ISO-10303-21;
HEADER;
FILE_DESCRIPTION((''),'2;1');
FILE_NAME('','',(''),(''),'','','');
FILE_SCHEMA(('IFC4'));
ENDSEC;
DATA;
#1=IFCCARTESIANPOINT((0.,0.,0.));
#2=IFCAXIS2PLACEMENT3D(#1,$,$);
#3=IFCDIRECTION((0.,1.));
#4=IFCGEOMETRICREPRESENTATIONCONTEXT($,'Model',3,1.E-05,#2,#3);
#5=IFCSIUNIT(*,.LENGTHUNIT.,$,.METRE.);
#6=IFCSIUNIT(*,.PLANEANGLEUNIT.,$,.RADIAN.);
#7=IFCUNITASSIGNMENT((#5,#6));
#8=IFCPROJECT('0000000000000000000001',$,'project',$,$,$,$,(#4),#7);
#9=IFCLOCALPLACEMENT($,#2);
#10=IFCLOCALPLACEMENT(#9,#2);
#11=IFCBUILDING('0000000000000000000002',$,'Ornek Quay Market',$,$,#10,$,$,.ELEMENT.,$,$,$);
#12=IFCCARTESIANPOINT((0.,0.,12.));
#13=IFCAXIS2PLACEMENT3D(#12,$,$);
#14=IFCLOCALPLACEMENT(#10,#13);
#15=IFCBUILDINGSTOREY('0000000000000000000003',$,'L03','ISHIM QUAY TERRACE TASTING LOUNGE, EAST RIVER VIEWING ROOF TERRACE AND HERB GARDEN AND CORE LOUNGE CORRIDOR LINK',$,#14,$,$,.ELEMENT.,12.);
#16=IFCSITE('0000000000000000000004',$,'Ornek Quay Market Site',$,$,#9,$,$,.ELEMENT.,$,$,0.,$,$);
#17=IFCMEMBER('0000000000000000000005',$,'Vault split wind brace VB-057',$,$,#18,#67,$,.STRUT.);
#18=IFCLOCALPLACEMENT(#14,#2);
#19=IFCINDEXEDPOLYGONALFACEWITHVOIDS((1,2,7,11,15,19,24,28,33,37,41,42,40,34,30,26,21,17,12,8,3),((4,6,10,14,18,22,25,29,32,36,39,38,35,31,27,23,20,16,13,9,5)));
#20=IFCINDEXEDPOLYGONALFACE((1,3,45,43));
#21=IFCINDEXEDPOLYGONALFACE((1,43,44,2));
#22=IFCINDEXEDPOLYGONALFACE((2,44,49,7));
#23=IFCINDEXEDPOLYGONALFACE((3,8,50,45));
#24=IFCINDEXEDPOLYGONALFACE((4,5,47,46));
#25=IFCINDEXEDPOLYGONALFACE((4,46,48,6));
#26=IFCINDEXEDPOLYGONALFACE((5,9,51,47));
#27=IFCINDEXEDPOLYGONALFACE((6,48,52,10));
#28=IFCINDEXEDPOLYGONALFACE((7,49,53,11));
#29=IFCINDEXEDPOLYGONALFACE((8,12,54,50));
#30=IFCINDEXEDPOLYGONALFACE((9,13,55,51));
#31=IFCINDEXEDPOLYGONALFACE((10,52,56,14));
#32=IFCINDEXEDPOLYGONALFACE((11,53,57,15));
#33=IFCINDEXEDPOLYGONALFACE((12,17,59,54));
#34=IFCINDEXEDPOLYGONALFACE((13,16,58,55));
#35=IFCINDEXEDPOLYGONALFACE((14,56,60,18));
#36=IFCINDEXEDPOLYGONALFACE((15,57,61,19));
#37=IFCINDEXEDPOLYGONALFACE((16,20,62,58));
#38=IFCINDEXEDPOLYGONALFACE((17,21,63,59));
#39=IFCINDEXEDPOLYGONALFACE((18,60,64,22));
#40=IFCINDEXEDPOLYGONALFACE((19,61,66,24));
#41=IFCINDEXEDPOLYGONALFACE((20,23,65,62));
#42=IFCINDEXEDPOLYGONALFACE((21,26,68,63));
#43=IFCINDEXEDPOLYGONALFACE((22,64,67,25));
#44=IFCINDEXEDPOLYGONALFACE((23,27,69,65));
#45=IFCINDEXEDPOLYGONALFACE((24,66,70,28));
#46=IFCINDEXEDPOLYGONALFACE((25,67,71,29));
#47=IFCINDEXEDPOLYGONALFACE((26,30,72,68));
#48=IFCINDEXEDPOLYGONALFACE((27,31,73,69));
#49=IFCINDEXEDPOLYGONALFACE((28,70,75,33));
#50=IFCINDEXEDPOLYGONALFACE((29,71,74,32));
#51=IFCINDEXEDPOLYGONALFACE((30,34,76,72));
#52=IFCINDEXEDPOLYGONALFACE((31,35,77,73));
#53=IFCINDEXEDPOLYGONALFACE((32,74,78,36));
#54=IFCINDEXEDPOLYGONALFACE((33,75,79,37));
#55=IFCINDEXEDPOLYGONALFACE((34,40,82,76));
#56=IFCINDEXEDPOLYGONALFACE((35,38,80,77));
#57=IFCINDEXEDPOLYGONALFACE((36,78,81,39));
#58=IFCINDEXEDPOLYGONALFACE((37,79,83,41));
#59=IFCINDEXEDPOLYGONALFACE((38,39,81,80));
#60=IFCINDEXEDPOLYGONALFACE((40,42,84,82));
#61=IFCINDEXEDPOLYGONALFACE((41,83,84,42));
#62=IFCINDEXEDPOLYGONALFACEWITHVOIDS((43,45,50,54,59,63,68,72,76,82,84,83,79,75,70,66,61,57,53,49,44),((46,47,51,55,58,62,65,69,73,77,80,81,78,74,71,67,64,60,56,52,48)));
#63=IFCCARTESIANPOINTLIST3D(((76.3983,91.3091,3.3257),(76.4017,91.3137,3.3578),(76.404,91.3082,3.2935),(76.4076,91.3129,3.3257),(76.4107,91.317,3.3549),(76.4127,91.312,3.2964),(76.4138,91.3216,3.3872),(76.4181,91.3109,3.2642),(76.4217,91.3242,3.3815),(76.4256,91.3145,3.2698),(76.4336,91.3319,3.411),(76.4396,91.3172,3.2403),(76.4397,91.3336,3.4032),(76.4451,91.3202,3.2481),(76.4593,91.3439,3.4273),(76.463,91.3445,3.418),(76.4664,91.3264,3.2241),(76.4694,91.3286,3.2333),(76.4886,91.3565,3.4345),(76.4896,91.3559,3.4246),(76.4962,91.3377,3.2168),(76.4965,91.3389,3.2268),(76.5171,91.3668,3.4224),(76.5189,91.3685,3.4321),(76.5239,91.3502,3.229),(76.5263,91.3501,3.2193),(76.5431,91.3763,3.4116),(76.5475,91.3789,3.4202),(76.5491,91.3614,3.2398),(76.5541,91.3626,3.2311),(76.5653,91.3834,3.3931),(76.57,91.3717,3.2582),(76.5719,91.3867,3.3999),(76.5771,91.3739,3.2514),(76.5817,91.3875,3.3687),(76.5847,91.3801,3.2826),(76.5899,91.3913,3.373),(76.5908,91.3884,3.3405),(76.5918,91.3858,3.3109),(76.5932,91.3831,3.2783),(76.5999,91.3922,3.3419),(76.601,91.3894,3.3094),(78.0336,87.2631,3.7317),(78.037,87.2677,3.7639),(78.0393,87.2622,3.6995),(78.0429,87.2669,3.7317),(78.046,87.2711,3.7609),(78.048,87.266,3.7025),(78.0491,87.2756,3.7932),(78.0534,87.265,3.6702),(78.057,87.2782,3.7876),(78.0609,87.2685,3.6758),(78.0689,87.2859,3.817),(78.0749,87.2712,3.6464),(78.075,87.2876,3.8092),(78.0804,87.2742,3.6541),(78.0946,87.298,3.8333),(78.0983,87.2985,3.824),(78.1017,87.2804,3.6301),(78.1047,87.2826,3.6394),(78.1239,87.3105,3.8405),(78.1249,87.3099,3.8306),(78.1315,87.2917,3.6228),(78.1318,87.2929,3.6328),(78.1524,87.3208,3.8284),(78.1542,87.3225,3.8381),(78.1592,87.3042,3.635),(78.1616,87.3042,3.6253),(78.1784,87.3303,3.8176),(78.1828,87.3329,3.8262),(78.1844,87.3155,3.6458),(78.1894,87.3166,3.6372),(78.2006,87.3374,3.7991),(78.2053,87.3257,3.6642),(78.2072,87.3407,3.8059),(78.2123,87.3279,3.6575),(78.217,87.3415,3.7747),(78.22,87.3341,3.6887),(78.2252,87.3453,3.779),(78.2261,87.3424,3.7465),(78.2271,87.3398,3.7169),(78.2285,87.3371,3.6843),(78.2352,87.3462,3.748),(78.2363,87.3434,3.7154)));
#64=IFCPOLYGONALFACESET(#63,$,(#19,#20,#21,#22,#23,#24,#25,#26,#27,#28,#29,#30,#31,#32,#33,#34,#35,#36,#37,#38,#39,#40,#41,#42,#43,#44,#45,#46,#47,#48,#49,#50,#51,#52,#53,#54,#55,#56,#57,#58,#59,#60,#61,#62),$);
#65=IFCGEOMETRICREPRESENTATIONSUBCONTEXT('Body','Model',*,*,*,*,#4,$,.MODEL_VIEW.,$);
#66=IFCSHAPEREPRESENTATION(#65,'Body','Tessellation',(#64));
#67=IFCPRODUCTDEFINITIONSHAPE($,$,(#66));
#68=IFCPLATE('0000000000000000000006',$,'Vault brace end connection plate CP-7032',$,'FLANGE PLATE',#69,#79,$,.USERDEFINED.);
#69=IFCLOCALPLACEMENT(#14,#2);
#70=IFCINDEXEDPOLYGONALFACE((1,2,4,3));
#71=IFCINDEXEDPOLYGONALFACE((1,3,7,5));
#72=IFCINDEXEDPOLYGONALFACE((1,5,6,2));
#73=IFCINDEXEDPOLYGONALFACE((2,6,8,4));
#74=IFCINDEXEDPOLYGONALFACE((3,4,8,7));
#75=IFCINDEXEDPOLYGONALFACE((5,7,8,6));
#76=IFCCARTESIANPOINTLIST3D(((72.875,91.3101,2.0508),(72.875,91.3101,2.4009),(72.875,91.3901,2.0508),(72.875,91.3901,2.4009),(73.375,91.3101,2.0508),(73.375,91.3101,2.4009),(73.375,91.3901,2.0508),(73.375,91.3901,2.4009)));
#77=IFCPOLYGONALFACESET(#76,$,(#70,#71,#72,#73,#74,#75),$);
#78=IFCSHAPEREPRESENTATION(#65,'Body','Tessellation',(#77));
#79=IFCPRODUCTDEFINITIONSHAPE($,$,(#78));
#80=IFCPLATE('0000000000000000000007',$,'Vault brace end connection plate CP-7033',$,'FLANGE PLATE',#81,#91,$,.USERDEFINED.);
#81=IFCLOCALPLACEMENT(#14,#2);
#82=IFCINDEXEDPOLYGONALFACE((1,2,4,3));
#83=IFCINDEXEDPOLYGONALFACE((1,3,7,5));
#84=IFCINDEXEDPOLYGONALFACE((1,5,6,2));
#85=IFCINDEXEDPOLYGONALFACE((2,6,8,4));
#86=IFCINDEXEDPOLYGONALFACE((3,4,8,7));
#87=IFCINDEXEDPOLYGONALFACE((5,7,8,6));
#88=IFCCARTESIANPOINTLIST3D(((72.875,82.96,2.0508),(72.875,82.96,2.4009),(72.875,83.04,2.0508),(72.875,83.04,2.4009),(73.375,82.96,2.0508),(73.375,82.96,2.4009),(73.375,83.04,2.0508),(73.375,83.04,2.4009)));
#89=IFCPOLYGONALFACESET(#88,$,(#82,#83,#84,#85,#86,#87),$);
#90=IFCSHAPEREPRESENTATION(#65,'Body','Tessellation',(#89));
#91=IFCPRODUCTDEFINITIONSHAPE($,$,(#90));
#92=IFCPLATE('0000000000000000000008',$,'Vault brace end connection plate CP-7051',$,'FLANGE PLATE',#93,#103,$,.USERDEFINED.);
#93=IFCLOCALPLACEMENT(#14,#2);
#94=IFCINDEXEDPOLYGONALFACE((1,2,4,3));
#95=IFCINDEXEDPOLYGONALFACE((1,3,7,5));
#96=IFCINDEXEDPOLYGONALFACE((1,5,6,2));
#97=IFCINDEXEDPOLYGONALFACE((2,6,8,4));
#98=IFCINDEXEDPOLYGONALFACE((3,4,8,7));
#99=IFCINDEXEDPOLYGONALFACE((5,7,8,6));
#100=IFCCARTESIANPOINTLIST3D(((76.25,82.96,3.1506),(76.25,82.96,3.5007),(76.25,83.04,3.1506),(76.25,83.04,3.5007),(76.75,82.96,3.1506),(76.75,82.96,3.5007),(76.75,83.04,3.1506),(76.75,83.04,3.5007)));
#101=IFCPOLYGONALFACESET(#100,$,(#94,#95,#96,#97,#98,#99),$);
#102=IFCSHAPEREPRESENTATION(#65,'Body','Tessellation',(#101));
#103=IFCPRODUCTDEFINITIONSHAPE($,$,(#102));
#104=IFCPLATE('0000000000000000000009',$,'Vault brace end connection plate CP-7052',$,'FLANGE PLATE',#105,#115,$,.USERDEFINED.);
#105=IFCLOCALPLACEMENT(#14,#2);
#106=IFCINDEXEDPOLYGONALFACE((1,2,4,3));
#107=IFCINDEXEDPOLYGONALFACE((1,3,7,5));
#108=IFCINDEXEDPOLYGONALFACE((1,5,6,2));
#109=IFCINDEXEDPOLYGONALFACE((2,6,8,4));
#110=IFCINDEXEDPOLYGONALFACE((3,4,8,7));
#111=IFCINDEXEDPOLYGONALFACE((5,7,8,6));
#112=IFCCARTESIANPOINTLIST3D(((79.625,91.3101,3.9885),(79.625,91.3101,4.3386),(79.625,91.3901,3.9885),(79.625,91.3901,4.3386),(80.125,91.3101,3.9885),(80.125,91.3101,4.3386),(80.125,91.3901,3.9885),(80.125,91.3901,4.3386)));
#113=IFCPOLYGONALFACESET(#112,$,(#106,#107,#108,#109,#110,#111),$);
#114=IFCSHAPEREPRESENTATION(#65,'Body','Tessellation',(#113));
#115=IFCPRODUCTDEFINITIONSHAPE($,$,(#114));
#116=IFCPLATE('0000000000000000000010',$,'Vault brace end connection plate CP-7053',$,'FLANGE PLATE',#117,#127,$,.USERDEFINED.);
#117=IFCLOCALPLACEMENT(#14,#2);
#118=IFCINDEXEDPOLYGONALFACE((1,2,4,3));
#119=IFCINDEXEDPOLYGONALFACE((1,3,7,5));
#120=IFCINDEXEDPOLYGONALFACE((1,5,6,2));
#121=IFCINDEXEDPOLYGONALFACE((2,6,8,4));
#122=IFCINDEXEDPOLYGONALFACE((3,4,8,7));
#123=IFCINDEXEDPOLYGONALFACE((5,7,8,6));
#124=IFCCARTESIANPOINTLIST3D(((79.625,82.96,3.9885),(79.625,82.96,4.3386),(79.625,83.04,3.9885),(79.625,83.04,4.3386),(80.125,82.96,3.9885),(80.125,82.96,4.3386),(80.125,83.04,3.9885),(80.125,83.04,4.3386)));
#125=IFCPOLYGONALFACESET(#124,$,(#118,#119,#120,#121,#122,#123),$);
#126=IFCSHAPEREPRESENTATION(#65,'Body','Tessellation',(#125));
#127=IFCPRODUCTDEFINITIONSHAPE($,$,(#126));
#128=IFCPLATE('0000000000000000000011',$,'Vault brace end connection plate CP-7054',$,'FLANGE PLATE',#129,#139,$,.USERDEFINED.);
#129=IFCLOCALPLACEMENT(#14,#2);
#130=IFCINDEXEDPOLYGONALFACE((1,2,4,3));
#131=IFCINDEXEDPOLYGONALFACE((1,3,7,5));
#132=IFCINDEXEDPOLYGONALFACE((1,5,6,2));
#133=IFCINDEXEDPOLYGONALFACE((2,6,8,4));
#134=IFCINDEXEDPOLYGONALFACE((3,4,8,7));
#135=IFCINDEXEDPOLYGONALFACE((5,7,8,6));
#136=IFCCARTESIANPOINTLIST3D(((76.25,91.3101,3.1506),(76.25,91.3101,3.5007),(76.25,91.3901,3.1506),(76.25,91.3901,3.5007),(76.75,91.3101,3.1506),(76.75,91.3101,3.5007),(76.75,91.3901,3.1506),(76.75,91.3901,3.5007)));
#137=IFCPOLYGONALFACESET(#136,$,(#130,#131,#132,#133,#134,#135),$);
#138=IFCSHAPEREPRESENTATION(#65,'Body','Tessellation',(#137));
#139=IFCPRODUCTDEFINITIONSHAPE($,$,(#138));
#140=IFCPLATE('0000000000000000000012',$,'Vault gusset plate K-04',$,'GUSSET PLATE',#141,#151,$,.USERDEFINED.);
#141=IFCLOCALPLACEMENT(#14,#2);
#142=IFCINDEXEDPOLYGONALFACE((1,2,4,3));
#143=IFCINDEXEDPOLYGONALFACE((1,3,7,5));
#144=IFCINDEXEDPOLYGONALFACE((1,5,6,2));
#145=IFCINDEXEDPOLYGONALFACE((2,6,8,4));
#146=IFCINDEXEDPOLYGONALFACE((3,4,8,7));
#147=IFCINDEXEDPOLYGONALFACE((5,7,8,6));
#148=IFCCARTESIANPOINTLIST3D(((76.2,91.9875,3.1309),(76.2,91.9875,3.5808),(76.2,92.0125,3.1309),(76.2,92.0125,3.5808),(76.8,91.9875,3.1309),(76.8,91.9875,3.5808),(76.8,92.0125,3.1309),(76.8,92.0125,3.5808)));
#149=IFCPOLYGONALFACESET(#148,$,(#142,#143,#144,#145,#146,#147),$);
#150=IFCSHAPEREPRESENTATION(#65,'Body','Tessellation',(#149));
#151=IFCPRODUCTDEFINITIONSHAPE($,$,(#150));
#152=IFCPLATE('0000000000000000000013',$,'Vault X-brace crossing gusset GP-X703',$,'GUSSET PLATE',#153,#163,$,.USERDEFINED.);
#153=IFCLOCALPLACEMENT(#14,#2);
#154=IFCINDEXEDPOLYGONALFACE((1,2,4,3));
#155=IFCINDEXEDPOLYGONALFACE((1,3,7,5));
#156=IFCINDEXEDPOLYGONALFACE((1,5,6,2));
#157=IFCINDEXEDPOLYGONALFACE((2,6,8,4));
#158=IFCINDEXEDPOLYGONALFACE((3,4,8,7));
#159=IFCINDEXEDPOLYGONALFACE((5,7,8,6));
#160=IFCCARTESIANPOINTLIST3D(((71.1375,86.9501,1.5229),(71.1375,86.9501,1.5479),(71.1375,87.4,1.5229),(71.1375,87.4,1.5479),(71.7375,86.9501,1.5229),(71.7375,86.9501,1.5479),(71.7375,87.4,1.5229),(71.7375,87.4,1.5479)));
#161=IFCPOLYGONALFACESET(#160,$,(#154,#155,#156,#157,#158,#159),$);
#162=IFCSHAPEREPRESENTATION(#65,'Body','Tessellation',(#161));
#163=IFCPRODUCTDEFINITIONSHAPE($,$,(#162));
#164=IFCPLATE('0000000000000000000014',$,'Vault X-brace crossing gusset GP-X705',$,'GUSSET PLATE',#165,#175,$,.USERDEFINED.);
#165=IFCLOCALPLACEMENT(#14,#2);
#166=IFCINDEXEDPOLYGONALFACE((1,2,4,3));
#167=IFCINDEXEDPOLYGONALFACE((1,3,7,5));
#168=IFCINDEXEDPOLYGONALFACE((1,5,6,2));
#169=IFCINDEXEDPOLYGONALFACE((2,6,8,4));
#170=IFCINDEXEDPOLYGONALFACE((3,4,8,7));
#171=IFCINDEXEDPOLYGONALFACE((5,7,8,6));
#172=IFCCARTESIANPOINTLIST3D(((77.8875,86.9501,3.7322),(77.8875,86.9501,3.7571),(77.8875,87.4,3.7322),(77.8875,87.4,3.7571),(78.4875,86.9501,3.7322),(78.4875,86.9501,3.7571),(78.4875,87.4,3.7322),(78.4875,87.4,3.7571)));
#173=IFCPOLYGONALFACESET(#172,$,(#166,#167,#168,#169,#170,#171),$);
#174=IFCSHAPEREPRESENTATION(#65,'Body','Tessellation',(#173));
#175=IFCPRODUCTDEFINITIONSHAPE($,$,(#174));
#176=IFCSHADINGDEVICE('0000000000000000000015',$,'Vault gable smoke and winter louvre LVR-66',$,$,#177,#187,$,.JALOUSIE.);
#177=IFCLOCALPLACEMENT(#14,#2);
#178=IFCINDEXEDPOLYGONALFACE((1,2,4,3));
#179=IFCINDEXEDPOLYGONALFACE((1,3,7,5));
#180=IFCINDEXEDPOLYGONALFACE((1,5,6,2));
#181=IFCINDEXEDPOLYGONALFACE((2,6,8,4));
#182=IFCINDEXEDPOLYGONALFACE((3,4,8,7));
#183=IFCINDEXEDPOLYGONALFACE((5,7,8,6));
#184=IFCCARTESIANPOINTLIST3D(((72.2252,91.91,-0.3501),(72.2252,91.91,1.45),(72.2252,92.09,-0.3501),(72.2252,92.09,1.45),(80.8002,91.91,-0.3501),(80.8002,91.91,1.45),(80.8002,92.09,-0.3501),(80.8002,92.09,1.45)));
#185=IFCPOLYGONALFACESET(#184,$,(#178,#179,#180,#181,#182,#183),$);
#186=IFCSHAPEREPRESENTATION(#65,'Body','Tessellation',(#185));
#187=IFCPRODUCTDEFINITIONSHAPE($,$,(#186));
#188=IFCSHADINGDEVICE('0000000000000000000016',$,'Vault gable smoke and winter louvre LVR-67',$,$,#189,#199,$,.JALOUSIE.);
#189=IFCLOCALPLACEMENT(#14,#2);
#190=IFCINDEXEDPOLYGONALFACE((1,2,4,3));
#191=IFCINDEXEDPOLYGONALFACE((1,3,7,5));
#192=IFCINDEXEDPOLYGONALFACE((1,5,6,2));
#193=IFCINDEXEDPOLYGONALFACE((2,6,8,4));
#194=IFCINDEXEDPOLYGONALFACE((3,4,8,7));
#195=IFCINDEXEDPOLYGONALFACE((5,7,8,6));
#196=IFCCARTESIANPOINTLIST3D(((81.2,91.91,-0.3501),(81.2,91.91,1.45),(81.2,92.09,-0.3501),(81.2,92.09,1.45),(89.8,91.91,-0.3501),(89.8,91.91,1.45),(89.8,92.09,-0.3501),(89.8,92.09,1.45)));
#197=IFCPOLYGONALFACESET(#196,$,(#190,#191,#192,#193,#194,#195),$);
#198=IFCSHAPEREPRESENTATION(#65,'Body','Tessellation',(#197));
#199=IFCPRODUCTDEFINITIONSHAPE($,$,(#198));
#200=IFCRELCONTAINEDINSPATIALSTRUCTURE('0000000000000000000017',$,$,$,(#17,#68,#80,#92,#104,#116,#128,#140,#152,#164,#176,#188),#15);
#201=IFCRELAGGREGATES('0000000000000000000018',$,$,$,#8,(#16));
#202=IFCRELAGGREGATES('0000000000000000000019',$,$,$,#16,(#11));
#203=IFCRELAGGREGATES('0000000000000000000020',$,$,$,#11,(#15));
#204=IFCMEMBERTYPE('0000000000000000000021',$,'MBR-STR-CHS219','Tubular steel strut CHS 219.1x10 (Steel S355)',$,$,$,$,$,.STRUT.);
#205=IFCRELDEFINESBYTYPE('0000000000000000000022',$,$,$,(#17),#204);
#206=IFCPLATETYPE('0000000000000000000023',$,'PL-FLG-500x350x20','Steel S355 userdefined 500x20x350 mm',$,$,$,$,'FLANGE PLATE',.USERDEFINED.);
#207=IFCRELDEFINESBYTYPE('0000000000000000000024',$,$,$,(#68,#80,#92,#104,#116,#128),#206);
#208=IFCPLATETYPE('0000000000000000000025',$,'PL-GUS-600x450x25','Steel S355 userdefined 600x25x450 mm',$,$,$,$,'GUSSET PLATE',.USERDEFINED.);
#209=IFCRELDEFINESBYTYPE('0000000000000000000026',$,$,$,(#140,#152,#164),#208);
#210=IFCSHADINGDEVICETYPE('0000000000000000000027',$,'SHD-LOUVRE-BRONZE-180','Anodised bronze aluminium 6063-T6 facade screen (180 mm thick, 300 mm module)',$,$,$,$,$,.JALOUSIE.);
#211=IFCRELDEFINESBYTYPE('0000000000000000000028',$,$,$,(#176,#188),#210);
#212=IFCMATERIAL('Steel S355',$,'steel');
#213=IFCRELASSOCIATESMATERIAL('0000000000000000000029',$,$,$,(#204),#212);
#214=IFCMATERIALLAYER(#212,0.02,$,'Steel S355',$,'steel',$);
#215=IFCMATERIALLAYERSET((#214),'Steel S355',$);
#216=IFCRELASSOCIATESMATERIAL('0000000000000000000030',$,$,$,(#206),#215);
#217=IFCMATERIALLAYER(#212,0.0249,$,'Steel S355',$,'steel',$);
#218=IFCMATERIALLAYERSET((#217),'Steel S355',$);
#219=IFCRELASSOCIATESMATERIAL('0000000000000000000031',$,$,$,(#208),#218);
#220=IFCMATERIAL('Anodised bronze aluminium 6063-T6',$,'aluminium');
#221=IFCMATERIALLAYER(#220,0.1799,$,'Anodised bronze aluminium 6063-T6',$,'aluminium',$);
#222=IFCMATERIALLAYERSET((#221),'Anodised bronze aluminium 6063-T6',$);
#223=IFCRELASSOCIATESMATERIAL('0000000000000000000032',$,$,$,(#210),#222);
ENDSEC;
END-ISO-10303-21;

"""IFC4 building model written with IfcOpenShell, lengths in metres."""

from ifc_helpers import new_model, si_unit, direction, frame, frame_2d, origin, origin_2d, place, context, subcontext, project, spatial, rectangle, hollow_circle, extrude, material, layer, layer_set, material_profile, profile_set, type_object, element, save


model = new_model("IFC4")

# Units and contexts
model_context = context("Model", 3, precision=1e-05, world=origin(), true_north=direction((0.0, 1.0)))
body_context = subcontext(model_context, "Body", "Model", "MODEL_VIEW")
ifc_project = project(units=[si_unit("LENGTHUNIT", "METRE"), si_unit("PLANEANGLEUNIT", "RADIAN")], contexts=[model_context])

# Site, building, storey
site_placement = place(None, origin())
site = spatial("IfcSite", under=ifc_project, at=site_placement, Name="Ornek Quay Market Site", CompositionType="ELEMENT", RefElevation=0.0)
building_placement = place(site_placement, origin())
building = spatial("IfcBuilding", under=site, at=building_placement, Name="Ornek Quay Market", CompositionType="ELEMENT")
storey_placement = place(building_placement, frame((0.0, 0.0, 12.0)))
storey = spatial("IfcBuildingStorey", under=building, at=storey_placement, Name="L03", Description="ISHIM QUAY TERRACE TASTING LOUNGE, EAST RIVER VIEWING ROOF TERRACE AND HERB GARDEN AND CORE LOUNGE CORRIDOR LINK", CompositionType="ELEMENT", Elevation=12.0)

# Shared definitions
ifc_material_1 = material(Name="Steel S355", Category="steel")

# Member
ifc_material_profile_1 = material_profile(ifc_material_1, hollow_circle(Radius=0.1096, WallThickness=0.01, at=origin_2d()), Name="CHS 219.1x10", Category="steel")
ifc_profile_set_1 = profile_set([ifc_material_profile_1], Name="Steel S355")
member_type_1 = type_object("IfcMemberType", Name="MBR-STR-CHS219", Description="Tubular steel strut CHS 219.1x10 (Steel S355)", PredefinedType="STRUT", material=ifc_profile_set_1)
for number, where, z_axis, x_axis, name in (
    (1, (78.1353, 87.3042, 3.7317), (-0.373114, 0.923149, -0.092638), (-0.927136, -0.374726, 0.0), "Vault split wind brace VB-057"),
):
    element("IfcMember", number, at=place(storey_placement, frame(where, z_axis=z_axis, x_axis=x_axis)), inside=storey, type_object=member_type_1, Name=name, PredefinedType="STRUT", context=body_context, shape_type="SweptSolid", body=[
        extrude(hollow_circle(Radius=0.1096, WallThickness=0.01, at=origin_2d()), origin(), (0.0, 0.0, 1.0), 4.3828),
    ])

# Plates
ifc_layer_1 = layer(ifc_material_1, 0.02, Name="Steel S355", Category="steel")
ifc_layer_set_1 = layer_set([ifc_layer_1], Name="Steel S355")
plate_type_1 = type_object("IfcPlateType", Name="PL-FLG-500x350x20", Description="Steel S355 userdefined 500x20x350 mm", ElementType="FLANGE PLATE", PredefinedType="USERDEFINED", material=ifc_layer_set_1)
for number, where, z_axis, x_axis, name in (
    (2, (73.125, 91.3501, 2.0508), (0.0, 0.0, 1.0), (1.0, 0.0, 0.0), "Vault brace end connection plate CP-7032"),
    (3, (73.125, 83.0, 2.0508), (0.0, 0.0, 1.0), (1.0, 0.0, 0.0), "Vault brace end connection plate CP-7033"),
    (4, (76.5, 83.0, 3.1506), (0.0, 0.0, 1.0), (1.0, 0.0, 0.0), "Vault brace end connection plate CP-7051"),
    (5, (79.875, 91.3501, 3.9885), (0.0, 0.0, 1.0), (1.0, 0.0, 0.0), "Vault brace end connection plate CP-7052"),
    (6, (79.875, 83.0, 3.9885), (0.0, 0.0, 1.0), (1.0, 0.0, 0.0), "Vault brace end connection plate CP-7053"),
    (7, (76.5, 91.3501, 3.1506), (0.0, 0.0, 1.0), (1.0, 0.0, 0.0), "Vault brace end connection plate CP-7054"),
):
    element("IfcPlate", number, at=place(storey_placement, frame(where, z_axis=z_axis, x_axis=x_axis)), inside=storey, type_object=plate_type_1, Name=name, ObjectType="FLANGE PLATE", PredefinedType="USERDEFINED", context=body_context, shape_type="SweptSolid", body=[
        extrude(rectangle(XDim=0.5, YDim=0.0801, at=origin_2d()), origin(), (0.0, 0.0, 1.0), 0.3501),
    ])
ifc_layer_2 = layer(ifc_material_1, 0.0249, Name="Steel S355", Category="steel")
ifc_layer_set_2 = layer_set([ifc_layer_2], Name="Steel S355")
plate_type_2 = type_object("IfcPlateType", Name="PL-GUS-600x450x25", Description="Steel S355 userdefined 600x25x450 mm", ElementType="GUSSET PLATE", PredefinedType="USERDEFINED", material=ifc_layer_set_2)
plate_placement = place(storey_placement, frame((76.5, 92.0, 3.1309), z_axis=(0.0, 0.0, 1.0), x_axis=(1.0, 0.0, 0.0)))
element("IfcPlate", 8, at=plate_placement, inside=storey, type_object=plate_type_2, Name="Vault gusset plate K-04", ObjectType="GUSSET PLATE", PredefinedType="USERDEFINED", context=body_context, shape_type="SweptSolid", body=[
    extrude(rectangle(XDim=0.6001, YDim=0.0249, at=origin_2d()), origin(), (0.0, 0.0, 1.0), 0.45),
])
for number, where, z_axis, x_axis, name in (
    (9, (71.4375, 87.175, 1.5229), (0.0, 0.0, 1.0), (1.0, 0.0, 0.0), "Vault X-brace crossing gusset GP-X703"),
    (10, (78.1875, 87.175, 3.7322), (0.0, 0.0, 1.0), (1.0, 0.0, 0.0), "Vault X-brace crossing gusset GP-X705"),
):
    element("IfcPlate", number, at=place(storey_placement, frame(where, z_axis=z_axis, x_axis=x_axis)), inside=storey, type_object=plate_type_2, Name=name, ObjectType="GUSSET PLATE", PredefinedType="USERDEFINED", context=body_context, shape_type="SweptSolid", body=[
        extrude(rectangle(XDim=0.6001, YDim=0.45, at=origin_2d()), origin(), (0.0, 0.0, 1.0), 0.0249),
    ])

# Shading devices
ifc_material_2 = material(Name="Anodised bronze aluminium 6063-T6", Category="aluminium")
ifc_layer_3 = layer(ifc_material_2, 0.1799, Name="Anodised bronze aluminium 6063-T6", Category="aluminium")
ifc_layer_set_3 = layer_set([ifc_layer_3], Name="Anodised bronze aluminium 6063-T6")
shading_device_type = type_object("IfcShadingDeviceType", Name="SHD-LOUVRE-BRONZE-180", Description="Anodised bronze aluminium 6063-T6 facade screen (180 mm thick, 300 mm module)", PredefinedType="JALOUSIE", material=ifc_layer_set_3)
shading_device_1_placement = place(storey_placement, frame((72.2251, 92.0, -0.3501), z_axis=(0.0, 0.0, 1.0), x_axis=(1.0, 0.0, 0.0)))
element("IfcShadingDevice", 11, at=shading_device_1_placement, inside=storey, type_object=shading_device_type, Name="Vault gable smoke and winter louvre LVR-66", PredefinedType="JALOUSIE", context=body_context, shape_type="SweptSolid", body=[
    extrude(rectangle(XDim=8.575, YDim=0.1799, at=frame_2d((4.2876, 0.0))), origin(), (0.0, 0.0, 1.0), 1.8),
])
shading_device_2_placement = place(storey_placement, frame((81.2, 92.0, -0.3501), z_axis=(0.0, 0.0, 1.0), x_axis=(1.0, 0.0, 0.0)))
element("IfcShadingDevice", 12, at=shading_device_2_placement, inside=storey, type_object=shading_device_type, Name="Vault gable smoke and winter louvre LVR-67", PredefinedType="JALOUSIE", context=body_context, shape_type="SweptSolid", body=[
    extrude(rectangle(XDim=8.6001, YDim=0.1799, at=frame_2d((4.3, 0.0))), origin(), (0.0, 0.0, 1.0), 1.8),
])

save(model, "model.ifc")
